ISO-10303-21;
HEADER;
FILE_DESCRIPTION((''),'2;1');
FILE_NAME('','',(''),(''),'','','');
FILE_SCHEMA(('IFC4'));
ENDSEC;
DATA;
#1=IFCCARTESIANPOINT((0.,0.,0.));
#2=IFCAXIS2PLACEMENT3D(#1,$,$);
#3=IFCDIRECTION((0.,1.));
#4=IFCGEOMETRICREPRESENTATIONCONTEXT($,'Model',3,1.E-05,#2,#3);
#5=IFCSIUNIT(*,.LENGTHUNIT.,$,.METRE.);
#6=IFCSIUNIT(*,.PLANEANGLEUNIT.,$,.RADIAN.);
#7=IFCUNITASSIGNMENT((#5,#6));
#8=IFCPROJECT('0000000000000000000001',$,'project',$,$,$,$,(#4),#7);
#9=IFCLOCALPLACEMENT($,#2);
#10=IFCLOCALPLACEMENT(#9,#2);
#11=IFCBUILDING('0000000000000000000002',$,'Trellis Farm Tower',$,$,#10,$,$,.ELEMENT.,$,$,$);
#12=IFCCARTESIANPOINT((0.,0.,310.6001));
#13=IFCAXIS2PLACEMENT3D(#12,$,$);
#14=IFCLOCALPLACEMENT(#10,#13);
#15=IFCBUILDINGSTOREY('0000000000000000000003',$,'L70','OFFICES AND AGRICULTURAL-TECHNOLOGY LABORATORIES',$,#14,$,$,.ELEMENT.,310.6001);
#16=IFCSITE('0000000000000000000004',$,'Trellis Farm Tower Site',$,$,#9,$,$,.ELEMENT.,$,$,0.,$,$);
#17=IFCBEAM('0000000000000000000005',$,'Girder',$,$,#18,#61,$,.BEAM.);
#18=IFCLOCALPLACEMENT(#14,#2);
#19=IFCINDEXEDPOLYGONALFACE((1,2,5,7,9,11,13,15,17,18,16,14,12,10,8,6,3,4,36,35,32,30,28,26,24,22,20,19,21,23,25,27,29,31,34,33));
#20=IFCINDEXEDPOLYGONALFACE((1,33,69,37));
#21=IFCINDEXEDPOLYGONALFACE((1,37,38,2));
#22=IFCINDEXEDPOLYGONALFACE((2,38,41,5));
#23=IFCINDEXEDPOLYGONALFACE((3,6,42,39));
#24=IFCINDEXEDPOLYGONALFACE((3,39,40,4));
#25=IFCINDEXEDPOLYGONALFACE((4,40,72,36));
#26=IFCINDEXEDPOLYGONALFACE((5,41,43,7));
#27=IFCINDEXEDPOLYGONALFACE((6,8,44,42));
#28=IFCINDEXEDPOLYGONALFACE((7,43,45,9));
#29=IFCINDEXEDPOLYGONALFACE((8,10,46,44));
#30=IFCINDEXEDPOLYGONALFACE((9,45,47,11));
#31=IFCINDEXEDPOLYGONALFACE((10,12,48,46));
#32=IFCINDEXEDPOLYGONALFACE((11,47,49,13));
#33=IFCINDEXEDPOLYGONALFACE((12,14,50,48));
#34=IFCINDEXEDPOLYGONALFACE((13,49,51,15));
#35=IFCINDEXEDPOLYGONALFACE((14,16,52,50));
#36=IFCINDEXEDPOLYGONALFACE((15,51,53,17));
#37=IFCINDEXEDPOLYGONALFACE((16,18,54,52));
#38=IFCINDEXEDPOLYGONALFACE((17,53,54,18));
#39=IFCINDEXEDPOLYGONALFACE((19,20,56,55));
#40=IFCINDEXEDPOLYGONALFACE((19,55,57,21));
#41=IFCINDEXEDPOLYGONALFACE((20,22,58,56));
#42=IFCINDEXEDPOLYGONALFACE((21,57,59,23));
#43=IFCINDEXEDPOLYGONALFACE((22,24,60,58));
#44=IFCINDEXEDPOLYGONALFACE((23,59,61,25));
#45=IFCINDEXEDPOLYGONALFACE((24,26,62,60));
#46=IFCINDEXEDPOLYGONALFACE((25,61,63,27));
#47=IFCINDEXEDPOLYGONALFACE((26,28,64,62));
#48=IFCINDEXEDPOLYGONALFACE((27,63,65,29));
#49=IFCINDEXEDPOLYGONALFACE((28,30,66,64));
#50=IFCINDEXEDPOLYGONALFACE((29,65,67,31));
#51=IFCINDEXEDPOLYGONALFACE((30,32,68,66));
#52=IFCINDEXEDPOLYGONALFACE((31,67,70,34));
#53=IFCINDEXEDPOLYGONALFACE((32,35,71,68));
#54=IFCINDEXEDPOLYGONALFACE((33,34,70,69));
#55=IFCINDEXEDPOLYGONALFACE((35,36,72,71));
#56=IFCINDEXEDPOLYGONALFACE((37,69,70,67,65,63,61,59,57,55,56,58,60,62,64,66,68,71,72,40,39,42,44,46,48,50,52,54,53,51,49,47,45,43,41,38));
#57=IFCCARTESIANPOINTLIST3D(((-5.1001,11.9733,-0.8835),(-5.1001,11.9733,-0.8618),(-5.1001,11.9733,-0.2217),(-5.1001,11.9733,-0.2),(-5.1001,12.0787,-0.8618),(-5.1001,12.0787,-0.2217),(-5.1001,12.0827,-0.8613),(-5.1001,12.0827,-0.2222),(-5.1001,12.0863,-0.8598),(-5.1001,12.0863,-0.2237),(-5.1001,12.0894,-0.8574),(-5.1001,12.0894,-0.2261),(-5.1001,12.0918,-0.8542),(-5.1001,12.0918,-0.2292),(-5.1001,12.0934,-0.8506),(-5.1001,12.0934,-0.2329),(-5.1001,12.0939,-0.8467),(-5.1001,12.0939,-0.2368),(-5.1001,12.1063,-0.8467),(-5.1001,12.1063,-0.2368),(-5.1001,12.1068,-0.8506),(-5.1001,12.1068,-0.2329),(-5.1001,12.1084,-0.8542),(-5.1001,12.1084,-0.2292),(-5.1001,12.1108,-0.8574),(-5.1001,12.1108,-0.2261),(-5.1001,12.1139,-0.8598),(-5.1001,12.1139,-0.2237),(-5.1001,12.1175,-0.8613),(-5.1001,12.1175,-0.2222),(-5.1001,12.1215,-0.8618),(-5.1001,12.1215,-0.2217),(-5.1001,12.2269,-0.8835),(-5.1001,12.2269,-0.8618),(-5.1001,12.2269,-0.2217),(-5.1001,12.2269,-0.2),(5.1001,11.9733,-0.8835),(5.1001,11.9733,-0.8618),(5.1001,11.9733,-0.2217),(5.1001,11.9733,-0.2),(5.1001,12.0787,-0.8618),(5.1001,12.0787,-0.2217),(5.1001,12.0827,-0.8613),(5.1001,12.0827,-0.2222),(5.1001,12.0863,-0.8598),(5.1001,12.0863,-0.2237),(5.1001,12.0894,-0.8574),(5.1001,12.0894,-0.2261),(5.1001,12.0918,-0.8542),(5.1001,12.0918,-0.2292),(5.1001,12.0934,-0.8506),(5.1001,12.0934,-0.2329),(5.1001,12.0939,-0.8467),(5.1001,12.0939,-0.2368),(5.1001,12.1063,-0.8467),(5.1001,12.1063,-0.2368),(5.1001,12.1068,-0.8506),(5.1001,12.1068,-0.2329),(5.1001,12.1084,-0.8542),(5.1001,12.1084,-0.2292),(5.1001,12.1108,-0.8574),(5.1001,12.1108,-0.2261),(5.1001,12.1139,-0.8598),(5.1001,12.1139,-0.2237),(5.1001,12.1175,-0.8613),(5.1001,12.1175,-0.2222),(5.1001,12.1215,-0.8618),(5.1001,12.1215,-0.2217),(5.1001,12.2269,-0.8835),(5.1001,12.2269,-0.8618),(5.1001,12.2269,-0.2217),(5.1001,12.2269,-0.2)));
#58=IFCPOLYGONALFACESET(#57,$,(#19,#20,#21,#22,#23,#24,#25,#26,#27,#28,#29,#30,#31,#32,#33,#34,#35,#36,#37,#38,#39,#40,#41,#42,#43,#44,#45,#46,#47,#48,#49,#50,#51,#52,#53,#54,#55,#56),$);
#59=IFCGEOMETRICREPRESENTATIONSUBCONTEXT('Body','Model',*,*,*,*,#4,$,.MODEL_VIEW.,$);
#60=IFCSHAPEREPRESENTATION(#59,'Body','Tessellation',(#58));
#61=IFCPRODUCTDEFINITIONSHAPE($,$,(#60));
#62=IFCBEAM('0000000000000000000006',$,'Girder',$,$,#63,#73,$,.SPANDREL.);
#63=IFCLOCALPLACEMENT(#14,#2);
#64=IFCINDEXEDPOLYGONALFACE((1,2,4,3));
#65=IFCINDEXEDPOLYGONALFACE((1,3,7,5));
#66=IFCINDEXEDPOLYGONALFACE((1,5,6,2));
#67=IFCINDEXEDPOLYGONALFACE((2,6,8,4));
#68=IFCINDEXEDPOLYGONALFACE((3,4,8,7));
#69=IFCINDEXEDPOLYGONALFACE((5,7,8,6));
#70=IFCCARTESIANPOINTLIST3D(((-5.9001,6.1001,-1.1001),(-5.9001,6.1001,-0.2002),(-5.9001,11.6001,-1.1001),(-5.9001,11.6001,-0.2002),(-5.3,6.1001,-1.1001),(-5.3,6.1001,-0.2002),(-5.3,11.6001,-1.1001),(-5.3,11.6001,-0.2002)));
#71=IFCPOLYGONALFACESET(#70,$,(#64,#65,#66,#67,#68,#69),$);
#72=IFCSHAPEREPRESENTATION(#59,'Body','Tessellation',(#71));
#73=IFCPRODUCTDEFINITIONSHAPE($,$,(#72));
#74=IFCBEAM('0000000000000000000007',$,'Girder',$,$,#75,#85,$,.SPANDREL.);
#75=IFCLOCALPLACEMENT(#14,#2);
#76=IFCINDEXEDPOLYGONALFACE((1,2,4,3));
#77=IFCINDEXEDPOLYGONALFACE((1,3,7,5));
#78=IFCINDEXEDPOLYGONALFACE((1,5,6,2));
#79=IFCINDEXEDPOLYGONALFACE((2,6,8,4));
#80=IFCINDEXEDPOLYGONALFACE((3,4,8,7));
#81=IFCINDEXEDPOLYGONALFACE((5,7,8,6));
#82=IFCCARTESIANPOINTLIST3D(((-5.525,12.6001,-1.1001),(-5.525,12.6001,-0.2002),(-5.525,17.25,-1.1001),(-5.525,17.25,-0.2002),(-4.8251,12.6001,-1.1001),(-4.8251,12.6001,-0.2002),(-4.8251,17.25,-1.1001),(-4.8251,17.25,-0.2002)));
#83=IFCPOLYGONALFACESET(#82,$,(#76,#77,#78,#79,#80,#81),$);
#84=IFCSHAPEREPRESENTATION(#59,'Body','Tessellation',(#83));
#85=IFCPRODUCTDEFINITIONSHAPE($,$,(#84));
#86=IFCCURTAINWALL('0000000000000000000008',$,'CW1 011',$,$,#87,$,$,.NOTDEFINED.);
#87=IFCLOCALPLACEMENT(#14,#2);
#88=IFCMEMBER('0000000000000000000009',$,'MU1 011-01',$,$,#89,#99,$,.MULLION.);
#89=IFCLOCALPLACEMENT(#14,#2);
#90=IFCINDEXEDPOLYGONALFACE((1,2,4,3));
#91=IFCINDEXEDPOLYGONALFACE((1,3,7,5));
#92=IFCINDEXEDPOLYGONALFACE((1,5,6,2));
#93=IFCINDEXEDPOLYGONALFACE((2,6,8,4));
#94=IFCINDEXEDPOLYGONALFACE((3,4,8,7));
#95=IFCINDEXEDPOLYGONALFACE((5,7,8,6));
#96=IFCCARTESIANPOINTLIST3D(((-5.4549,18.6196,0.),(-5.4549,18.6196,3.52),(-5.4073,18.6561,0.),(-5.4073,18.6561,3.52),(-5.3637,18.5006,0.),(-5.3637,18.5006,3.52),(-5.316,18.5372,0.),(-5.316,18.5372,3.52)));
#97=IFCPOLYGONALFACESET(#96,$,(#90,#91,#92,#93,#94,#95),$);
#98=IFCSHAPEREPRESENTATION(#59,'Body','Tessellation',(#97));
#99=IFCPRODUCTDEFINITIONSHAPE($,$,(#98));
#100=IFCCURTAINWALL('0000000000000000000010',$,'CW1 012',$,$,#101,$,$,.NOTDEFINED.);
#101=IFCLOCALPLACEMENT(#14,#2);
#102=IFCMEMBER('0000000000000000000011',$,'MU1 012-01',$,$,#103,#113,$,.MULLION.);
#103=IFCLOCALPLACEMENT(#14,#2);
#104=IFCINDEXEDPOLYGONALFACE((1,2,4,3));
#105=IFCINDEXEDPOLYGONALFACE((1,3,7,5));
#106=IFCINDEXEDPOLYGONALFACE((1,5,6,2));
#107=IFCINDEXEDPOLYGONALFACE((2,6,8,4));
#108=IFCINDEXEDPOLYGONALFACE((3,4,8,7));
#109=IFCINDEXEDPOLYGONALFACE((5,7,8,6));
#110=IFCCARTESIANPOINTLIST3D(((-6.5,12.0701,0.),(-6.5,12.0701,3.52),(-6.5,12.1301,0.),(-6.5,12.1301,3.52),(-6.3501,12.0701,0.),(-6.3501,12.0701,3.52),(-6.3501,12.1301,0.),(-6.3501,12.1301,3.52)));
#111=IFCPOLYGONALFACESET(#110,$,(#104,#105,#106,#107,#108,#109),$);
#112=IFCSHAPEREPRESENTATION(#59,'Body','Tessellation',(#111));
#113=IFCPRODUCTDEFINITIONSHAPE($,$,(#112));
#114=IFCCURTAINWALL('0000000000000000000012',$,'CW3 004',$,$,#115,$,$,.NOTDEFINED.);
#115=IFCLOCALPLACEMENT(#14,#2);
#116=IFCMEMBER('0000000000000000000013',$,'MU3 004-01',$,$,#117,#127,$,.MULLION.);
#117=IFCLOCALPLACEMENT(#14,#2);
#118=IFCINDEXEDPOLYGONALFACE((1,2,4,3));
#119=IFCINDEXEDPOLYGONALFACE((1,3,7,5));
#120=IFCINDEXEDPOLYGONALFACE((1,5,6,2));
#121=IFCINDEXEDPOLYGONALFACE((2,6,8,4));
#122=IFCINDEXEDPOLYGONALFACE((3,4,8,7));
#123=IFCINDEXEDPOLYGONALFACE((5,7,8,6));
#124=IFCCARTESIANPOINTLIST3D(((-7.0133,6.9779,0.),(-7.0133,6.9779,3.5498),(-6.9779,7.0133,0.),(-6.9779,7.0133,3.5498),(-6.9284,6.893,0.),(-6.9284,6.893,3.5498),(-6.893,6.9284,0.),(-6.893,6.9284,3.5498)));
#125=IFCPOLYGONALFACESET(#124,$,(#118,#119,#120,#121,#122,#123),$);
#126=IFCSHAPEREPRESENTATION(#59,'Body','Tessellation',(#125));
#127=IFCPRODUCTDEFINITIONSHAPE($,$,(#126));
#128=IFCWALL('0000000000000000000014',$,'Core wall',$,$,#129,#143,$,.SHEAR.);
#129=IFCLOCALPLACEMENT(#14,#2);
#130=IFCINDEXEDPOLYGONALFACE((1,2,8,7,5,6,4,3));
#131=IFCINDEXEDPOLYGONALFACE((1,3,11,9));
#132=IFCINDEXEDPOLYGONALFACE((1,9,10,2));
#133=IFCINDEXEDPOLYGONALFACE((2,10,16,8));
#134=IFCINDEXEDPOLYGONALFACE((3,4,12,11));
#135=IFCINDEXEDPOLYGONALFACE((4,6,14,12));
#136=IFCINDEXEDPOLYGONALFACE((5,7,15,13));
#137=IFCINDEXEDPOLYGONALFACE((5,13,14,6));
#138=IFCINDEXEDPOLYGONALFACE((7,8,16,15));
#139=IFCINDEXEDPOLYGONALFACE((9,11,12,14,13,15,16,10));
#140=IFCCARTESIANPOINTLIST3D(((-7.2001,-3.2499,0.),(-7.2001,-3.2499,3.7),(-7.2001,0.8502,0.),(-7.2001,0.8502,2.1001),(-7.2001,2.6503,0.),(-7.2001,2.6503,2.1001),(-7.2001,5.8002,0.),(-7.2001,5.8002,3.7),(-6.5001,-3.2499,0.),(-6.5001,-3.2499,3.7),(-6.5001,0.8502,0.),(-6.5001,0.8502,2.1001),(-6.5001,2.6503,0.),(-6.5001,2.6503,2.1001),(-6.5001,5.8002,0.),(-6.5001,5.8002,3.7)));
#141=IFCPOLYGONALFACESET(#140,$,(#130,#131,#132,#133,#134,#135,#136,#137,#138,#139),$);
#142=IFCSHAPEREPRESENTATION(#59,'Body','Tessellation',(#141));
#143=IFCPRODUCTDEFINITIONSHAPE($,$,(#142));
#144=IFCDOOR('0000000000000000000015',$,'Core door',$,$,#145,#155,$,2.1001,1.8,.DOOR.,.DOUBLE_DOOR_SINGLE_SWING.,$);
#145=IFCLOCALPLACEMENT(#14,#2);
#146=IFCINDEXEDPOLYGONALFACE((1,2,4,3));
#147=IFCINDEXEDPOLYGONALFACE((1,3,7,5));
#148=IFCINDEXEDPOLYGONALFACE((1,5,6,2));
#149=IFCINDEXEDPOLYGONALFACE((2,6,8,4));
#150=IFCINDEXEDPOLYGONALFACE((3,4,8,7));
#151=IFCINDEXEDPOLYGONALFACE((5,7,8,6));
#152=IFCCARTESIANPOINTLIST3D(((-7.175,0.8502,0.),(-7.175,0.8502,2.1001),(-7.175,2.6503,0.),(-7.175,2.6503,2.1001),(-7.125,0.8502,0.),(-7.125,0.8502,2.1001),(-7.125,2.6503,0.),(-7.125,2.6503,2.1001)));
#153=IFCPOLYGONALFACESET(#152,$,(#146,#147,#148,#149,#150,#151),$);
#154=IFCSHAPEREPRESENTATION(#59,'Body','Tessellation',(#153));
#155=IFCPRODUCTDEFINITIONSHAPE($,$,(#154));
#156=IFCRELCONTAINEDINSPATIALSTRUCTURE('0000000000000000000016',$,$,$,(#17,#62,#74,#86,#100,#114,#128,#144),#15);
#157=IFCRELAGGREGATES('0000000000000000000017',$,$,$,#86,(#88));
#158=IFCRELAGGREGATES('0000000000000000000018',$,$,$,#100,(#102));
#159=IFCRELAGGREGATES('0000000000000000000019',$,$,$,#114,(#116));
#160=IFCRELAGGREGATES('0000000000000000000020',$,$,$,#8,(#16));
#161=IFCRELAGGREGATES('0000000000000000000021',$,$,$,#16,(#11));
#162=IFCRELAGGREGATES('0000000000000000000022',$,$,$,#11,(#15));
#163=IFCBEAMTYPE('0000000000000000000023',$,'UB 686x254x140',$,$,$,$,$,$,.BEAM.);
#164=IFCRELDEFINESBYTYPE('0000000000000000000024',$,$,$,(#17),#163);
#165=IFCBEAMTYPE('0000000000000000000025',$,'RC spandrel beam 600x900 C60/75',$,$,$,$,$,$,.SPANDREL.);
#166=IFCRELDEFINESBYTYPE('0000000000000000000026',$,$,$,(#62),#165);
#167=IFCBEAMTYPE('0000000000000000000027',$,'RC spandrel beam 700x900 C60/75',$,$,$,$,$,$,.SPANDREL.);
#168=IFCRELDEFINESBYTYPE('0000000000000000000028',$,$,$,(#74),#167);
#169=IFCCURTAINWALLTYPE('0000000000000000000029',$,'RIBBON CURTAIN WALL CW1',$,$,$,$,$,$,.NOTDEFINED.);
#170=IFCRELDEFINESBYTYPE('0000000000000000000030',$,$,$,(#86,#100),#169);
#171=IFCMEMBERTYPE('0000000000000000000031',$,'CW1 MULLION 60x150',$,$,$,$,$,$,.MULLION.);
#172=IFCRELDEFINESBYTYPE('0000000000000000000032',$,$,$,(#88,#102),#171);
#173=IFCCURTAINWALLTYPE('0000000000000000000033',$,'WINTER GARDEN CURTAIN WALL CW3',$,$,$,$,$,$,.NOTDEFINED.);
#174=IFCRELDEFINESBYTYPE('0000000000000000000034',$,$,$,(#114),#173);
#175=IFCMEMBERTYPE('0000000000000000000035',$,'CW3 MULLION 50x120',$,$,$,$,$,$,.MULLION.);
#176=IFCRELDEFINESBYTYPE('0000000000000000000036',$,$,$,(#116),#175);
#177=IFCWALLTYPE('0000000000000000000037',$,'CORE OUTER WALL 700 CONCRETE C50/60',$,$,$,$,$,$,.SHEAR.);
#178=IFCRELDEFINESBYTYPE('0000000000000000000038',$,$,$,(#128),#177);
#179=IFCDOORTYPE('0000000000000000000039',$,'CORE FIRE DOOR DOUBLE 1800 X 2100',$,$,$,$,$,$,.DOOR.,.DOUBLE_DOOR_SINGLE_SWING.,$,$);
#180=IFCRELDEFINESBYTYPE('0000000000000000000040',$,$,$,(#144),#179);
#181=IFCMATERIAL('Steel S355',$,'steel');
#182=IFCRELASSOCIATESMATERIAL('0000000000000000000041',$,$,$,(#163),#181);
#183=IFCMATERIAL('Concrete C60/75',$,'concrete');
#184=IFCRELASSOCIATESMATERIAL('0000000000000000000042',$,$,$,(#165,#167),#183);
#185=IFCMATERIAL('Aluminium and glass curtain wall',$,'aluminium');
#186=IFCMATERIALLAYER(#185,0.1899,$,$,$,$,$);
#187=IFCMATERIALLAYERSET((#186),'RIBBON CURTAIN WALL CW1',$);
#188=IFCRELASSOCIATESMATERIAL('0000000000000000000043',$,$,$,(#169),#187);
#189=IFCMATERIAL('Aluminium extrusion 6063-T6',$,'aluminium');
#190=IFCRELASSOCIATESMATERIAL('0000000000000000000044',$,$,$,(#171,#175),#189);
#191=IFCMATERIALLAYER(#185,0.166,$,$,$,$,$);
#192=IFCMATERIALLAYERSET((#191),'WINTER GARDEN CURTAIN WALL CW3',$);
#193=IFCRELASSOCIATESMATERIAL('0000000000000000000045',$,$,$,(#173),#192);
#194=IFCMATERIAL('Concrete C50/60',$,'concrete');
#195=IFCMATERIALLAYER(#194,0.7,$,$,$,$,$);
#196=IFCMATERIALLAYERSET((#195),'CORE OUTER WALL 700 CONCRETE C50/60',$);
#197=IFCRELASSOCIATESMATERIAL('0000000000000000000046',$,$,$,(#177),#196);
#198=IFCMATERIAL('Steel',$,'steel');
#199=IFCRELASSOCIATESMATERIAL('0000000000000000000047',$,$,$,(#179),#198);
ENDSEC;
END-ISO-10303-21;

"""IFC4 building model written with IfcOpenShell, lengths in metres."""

from ifc_helpers import new_model, si_unit, direction, frame, frame_2d, origin, origin_2d, place, context, subcontext, project, spatial, rectangle, i_section, extrude, source, transform, mapped, material, layer, layer_set, material_profile, profile_set, type_object, element, fill, aggregate, save


model = new_model("IFC4")

# Units and contexts
model_context = context("Model", 3, precision=1e-05, world=origin(), true_north=direction((0.0, 1.0)))
body_context = subcontext(model_context, "Body", "Model", "MODEL_VIEW")
ifc_project = project(units=[si_unit("LENGTHUNIT", "METRE"), si_unit("PLANEANGLEUNIT", "RADIAN")], contexts=[model_context])

# Site, building, storey
site_placement = place(None, origin())
site = spatial("IfcSite", under=ifc_project, at=site_placement, Name="Trellis Farm Tower Site", CompositionType="ELEMENT", RefElevation=0.0)
building_placement = place(site_placement, origin())
building = spatial("IfcBuilding", under=site, at=building_placement, Name="Trellis Farm Tower", CompositionType="ELEMENT")
storey_placement = place(building_placement, frame((0.0, 0.0, 310.6001)))
storey = spatial("IfcBuildingStorey", under=building, at=storey_placement, Name="L70", Description="OFFICES AND AGRICULTURAL-TECHNOLOGY LABORATORIES", CompositionType="ELEMENT", Elevation=310.6001)

# Shared definitions
ifc_material_1 = material(Name="Concrete C60/75", Category="concrete")

# Beams
ifc_material_2 = material(Name="Steel S355", Category="steel")
ifc_material_profile_1 = material_profile(ifc_material_2, i_section(OverallWidth=0.2537, OverallDepth=0.6836, WebThickness=0.0125, FlangeThickness=0.0217, FilletRadius=0.0151, at=origin_2d()), Name="UB 686x254x140")
ifc_profile_set_1 = profile_set([ifc_material_profile_1], Name="Steel S355")
beam_type_1 = type_object("IfcBeamType", Name="UB 686x254x140", PredefinedType="BEAM", material=ifc_profile_set_1)
shared_shape_1 = source(origin(), body_context, "Body", "SweptSolid", [
    extrude(i_section(OverallWidth=0.2537, OverallDepth=0.6836, WebThickness=0.0125, FlangeThickness=0.0217, FilletRadius=0.0151, at=origin_2d()), origin(), (0.0, 0.0, 1.0), 10.2002),
])
for number, where, z_axis, x_axis, name in (
    (1, (-5.1001, 12.1001, -0.5417), (1.0, 0.0, 0.0), (0.0, 1.0, 0.0), "Girder"),
):
    element("IfcBeam", number, at=place(storey_placement, frame(where, z_axis=z_axis, x_axis=x_axis)), inside=storey, type_object=beam_type_1, Name=name, PredefinedType="BEAM", context=body_context, shape_type="MappedRepresentation", body=[
        mapped(shared_shape_1, transform((0.0, 0.0, 0.0))),
    ])
ifc_material_profile_2 = material_profile(ifc_material_1, rectangle(XDim=0.6001, YDim=0.8999, at=origin_2d()), Name="RC spandrel beam 600x900 C60/75")
ifc_profile_set_2 = profile_set([ifc_material_profile_2], Name="Concrete C60/75")
beam_type_2 = type_object("IfcBeamType", Name="RC spandrel beam 600x900 C60/75", PredefinedType="SPANDREL", material=ifc_profile_set_2)
shared_shape_2 = source(origin(), body_context, "Body", "SweptSolid", [
    extrude(rectangle(XDim=0.6001, YDim=0.8999, at=origin_2d()), origin(), (0.0, 0.0, 1.0), 5.5),
])
beam_1_placement = place(storey_placement, frame((-5.6001, 6.1001, -0.6501), z_axis=(0.0, 1.0, 0.0), x_axis=(-1.0, 0.0, 0.0)))
element("IfcBeam", 2, at=beam_1_placement, inside=storey, type_object=beam_type_2, Name="Girder", PredefinedType="SPANDREL", context=body_context, shape_type="MappedRepresentation", body=[
    mapped(shared_shape_2, transform((0.0, 0.0, 0.0))),
])
ifc_material_profile_3 = material_profile(ifc_material_1, rectangle(XDim=0.7, YDim=0.8999, at=origin_2d()), Name="RC spandrel beam 700x900 C60/75")
ifc_profile_set_3 = profile_set([ifc_material_profile_3], Name="Concrete C60/75")
beam_type_3 = type_object("IfcBeamType", Name="RC spandrel beam 700x900 C60/75", PredefinedType="SPANDREL", material=ifc_profile_set_3)
shared_shape_3 = source(origin(), body_context, "Body", "SweptSolid", [
    extrude(rectangle(XDim=0.7, YDim=0.8999, at=origin_2d()), origin(), (0.0, 0.0, 1.0), 4.6499),
])
beam_2_placement = place(storey_placement, frame((-5.175, 12.6001, -0.6501), z_axis=(0.0, 1.0, 0.0), x_axis=(-1.0, 0.0, 0.0)))
element("IfcBeam", 3, at=beam_2_placement, inside=storey, type_object=beam_type_3, Name="Girder", PredefinedType="SPANDREL", context=body_context, shape_type="MappedRepresentation", body=[
    mapped(shared_shape_3, transform((0.0, 0.0, 0.0))),
])

# Curtain walls, members
ifc_material_3 = material(Name="Aluminium and glass curtain wall", Category="aluminium")
ifc_layer_1 = layer(ifc_material_3, 0.1899)
ifc_layer_set_1 = layer_set([ifc_layer_1], Name="RIBBON CURTAIN WALL CW1")
curtain_wall_type_1 = type_object("IfcCurtainWallType", Name="RIBBON CURTAIN WALL CW1", PredefinedType="NOTDEFINED", material=ifc_layer_set_1)
placement = place(storey_placement, origin())
curtain_wall_1 = element("IfcCurtainWall", 4, at=placement, inside=storey, type_object=curtain_wall_type_1, Name="CW1 011", PredefinedType="NOTDEFINED")
ifc_material_4 = material(Name="Aluminium extrusion 6063-T6", Category="aluminium")
ifc_material_profile_4 = material_profile(ifc_material_4, rectangle(XDim=0.0601, YDim=0.1499, at=origin_2d()), Name="MULLION 60x150")
ifc_profile_set_4 = profile_set([ifc_material_profile_4], Name="Aluminium extrusion 6063-T6")
member_type_1 = type_object("IfcMemberType", Name="CW1 MULLION 60x150", PredefinedType="MULLION", material=ifc_profile_set_4)
shared_shape_4 = source(origin(), body_context, "Body", "SweptSolid", [
    extrude(rectangle(XDim=0.0601, YDim=0.1499, at=origin_2d()), origin(), (0.0, 0.0, 1.0), 3.52),
])
member_1_placement = place(storey_placement, frame((-5.3855, 18.5784, 0.0), z_axis=(0.0, 0.0, 1.0), x_axis=(-0.793353, -0.608761, 0.0)))
member_1 = element("IfcMember", 5, at=member_1_placement, type_object=member_type_1, Name="MU1 011-01", PredefinedType="MULLION", context=body_context, shape_type="MappedRepresentation", body=[
    mapped(shared_shape_4, transform((0.0, 0.0, 0.0))),
])
aggregate(curtain_wall_1, [member_1])
curtain_wall_2 = element("IfcCurtainWall", 6, at=placement, inside=storey, type_object=curtain_wall_type_1, Name="CW1 012", PredefinedType="NOTDEFINED")
member_2_placement = place(storey_placement, frame((-6.425, 12.1001, 0.0), z_axis=(0.0, 0.0, 1.0), x_axis=(0.0, -1.0, 0.0)))
member_2 = element("IfcMember", 7, at=member_2_placement, type_object=member_type_1, Name="MU1 012-01", PredefinedType="MULLION", context=body_context, shape_type="MappedRepresentation", body=[
    mapped(shared_shape_4, transform((0.0, 0.0, 0.0))),
])
aggregate(curtain_wall_2, [member_2])
ifc_layer_2 = layer(ifc_material_3, 0.166)
ifc_layer_set_2 = layer_set([ifc_layer_2], Name="WINTER GARDEN CURTAIN WALL CW3")
curtain_wall_type_2 = type_object("IfcCurtainWallType", Name="WINTER GARDEN CURTAIN WALL CW3", PredefinedType="NOTDEFINED", material=ifc_layer_set_2)
curtain_wall_3 = element("IfcCurtainWall", 8, at=placement, inside=storey, type_object=curtain_wall_type_2, Name="CW3 004", PredefinedType="NOTDEFINED")
ifc_material_profile_5 = material_profile(ifc_material_4, rectangle(XDim=0.05, YDim=0.1201, at=origin_2d()), Name="MULLION 50x120")
ifc_profile_set_5 = profile_set([ifc_material_profile_5], Name="Aluminium extrusion 6063-T6")
member_type_2 = type_object("IfcMemberType", Name="CW3 MULLION 50x120", PredefinedType="MULLION", material=ifc_profile_set_5)
shared_shape_5 = source(origin(), body_context, "Body", "SweptSolid", [
    extrude(rectangle(XDim=0.05, YDim=0.1201, at=origin_2d()), origin(), (0.0, 0.0, 1.0), 3.5498),
])
member_3_placement = place(storey_placement, frame((-6.9531, 6.9531, 0.0), z_axis=(0.0, 0.0, 1.0), x_axis=(-0.707107, -0.707107, 0.0)))
member_3 = element("IfcMember", 9, at=member_3_placement, type_object=member_type_2, Name="MU3 004-01", PredefinedType="MULLION", context=body_context, shape_type="MappedRepresentation", body=[
    mapped(shared_shape_5, transform((0.0, 0.0, 0.0))),
])
aggregate(curtain_wall_3, [member_3])

# Wall, opening, door
ifc_material_5 = material(Name="Concrete C50/60", Category="concrete")
ifc_layer_3 = layer(ifc_material_5, 0.7)
ifc_layer_set_3 = layer_set([ifc_layer_3], Name="CORE OUTER WALL 700 CONCRETE C50/60")
wall_type_1 = type_object("IfcWallType", Name="CORE OUTER WALL 700 CONCRETE C50/60", PredefinedType="SHEAR", material=ifc_layer_set_3)
shared_shape_6 = source(origin(), body_context, "Body", "SweptSolid", [
    extrude(rectangle(XDim=9.05, YDim=0.7, at=frame_2d((4.5249, 0.0))), origin(), (0.0, 0.0, 1.0), 3.7),
])
wall_1_placement = place(storey_placement, frame((-6.8501, 5.8, 0.0), z_axis=(0.0, 0.0, 1.0), x_axis=(0.0, -1.0, 0.0)))
wall_1 = element("IfcWall", 10, at=wall_1_placement, inside=storey, type_object=wall_type_1, Name="Core wall", PredefinedType="SHEAR", context=body_context, shape_type="MappedRepresentation", body=[
    mapped(shared_shape_6, transform((0.0, 0.0, 0.0))),
])
shared_shape_7 = source(origin(), body_context, "Body", "SweptSolid", [
    extrude(rectangle(XDim=1.8, YDim=2.1001, at=frame_2d((0.8999, 1.05))), frame((0.0, 0.3601, 0.0), z_axis=(0.0, -1.0, 0.0), x_axis=(1.0, 0.0, 0.0)), (0.0, 0.0, 1.0), 0.7202),
])
opening_1_placement = place(wall_1_placement, frame((3.1499, 0.0, 0.0)))
opening_1 = element("IfcOpeningElement", 11, at=opening_1_placement, cuts=wall_1, PredefinedType="OPENING", context=body_context, shape_type="MappedRepresentation", body=[
    mapped(shared_shape_7, transform((0.0, 0.0, 0.0))),
])
ifc_material_6 = material(Name="Steel", Category="steel")
door_type_1 = type_object("IfcDoorType", Name="CORE FIRE DOOR DOUBLE 1800 X 2100", OperationType="DOUBLE_DOOR_SINGLE_SWING", PredefinedType="DOOR", material=ifc_material_6)
shared_shape_8 = source(origin(), body_context, "Body", "SweptSolid", [
    extrude(rectangle(XDim=1.8, YDim=2.1001, at=frame_2d((0.8999, 1.05))), frame((0.0, -0.2749, 0.0), z_axis=(0.0, -1.0, 0.0), x_axis=(1.0, 0.0, 0.0)), (0.0, 0.0, 1.0), 0.05),
])
door_1_placement = place(opening_1_placement, origin())
door_1 = element("IfcDoor", 12, at=door_1_placement, inside=storey, type_object=door_type_1, Name="Core door", OperationType="DOUBLE_DOOR_SINGLE_SWING", OverallHeight=2.1001, OverallWidth=1.8, PredefinedType="DOOR", context=body_context, shape_type="MappedRepresentation", body=[
    mapped(shared_shape_8, transform((0.0, 0.0, 0.0))),
])
fill(opening_1, door_1)

save(model, "model.ifc")
